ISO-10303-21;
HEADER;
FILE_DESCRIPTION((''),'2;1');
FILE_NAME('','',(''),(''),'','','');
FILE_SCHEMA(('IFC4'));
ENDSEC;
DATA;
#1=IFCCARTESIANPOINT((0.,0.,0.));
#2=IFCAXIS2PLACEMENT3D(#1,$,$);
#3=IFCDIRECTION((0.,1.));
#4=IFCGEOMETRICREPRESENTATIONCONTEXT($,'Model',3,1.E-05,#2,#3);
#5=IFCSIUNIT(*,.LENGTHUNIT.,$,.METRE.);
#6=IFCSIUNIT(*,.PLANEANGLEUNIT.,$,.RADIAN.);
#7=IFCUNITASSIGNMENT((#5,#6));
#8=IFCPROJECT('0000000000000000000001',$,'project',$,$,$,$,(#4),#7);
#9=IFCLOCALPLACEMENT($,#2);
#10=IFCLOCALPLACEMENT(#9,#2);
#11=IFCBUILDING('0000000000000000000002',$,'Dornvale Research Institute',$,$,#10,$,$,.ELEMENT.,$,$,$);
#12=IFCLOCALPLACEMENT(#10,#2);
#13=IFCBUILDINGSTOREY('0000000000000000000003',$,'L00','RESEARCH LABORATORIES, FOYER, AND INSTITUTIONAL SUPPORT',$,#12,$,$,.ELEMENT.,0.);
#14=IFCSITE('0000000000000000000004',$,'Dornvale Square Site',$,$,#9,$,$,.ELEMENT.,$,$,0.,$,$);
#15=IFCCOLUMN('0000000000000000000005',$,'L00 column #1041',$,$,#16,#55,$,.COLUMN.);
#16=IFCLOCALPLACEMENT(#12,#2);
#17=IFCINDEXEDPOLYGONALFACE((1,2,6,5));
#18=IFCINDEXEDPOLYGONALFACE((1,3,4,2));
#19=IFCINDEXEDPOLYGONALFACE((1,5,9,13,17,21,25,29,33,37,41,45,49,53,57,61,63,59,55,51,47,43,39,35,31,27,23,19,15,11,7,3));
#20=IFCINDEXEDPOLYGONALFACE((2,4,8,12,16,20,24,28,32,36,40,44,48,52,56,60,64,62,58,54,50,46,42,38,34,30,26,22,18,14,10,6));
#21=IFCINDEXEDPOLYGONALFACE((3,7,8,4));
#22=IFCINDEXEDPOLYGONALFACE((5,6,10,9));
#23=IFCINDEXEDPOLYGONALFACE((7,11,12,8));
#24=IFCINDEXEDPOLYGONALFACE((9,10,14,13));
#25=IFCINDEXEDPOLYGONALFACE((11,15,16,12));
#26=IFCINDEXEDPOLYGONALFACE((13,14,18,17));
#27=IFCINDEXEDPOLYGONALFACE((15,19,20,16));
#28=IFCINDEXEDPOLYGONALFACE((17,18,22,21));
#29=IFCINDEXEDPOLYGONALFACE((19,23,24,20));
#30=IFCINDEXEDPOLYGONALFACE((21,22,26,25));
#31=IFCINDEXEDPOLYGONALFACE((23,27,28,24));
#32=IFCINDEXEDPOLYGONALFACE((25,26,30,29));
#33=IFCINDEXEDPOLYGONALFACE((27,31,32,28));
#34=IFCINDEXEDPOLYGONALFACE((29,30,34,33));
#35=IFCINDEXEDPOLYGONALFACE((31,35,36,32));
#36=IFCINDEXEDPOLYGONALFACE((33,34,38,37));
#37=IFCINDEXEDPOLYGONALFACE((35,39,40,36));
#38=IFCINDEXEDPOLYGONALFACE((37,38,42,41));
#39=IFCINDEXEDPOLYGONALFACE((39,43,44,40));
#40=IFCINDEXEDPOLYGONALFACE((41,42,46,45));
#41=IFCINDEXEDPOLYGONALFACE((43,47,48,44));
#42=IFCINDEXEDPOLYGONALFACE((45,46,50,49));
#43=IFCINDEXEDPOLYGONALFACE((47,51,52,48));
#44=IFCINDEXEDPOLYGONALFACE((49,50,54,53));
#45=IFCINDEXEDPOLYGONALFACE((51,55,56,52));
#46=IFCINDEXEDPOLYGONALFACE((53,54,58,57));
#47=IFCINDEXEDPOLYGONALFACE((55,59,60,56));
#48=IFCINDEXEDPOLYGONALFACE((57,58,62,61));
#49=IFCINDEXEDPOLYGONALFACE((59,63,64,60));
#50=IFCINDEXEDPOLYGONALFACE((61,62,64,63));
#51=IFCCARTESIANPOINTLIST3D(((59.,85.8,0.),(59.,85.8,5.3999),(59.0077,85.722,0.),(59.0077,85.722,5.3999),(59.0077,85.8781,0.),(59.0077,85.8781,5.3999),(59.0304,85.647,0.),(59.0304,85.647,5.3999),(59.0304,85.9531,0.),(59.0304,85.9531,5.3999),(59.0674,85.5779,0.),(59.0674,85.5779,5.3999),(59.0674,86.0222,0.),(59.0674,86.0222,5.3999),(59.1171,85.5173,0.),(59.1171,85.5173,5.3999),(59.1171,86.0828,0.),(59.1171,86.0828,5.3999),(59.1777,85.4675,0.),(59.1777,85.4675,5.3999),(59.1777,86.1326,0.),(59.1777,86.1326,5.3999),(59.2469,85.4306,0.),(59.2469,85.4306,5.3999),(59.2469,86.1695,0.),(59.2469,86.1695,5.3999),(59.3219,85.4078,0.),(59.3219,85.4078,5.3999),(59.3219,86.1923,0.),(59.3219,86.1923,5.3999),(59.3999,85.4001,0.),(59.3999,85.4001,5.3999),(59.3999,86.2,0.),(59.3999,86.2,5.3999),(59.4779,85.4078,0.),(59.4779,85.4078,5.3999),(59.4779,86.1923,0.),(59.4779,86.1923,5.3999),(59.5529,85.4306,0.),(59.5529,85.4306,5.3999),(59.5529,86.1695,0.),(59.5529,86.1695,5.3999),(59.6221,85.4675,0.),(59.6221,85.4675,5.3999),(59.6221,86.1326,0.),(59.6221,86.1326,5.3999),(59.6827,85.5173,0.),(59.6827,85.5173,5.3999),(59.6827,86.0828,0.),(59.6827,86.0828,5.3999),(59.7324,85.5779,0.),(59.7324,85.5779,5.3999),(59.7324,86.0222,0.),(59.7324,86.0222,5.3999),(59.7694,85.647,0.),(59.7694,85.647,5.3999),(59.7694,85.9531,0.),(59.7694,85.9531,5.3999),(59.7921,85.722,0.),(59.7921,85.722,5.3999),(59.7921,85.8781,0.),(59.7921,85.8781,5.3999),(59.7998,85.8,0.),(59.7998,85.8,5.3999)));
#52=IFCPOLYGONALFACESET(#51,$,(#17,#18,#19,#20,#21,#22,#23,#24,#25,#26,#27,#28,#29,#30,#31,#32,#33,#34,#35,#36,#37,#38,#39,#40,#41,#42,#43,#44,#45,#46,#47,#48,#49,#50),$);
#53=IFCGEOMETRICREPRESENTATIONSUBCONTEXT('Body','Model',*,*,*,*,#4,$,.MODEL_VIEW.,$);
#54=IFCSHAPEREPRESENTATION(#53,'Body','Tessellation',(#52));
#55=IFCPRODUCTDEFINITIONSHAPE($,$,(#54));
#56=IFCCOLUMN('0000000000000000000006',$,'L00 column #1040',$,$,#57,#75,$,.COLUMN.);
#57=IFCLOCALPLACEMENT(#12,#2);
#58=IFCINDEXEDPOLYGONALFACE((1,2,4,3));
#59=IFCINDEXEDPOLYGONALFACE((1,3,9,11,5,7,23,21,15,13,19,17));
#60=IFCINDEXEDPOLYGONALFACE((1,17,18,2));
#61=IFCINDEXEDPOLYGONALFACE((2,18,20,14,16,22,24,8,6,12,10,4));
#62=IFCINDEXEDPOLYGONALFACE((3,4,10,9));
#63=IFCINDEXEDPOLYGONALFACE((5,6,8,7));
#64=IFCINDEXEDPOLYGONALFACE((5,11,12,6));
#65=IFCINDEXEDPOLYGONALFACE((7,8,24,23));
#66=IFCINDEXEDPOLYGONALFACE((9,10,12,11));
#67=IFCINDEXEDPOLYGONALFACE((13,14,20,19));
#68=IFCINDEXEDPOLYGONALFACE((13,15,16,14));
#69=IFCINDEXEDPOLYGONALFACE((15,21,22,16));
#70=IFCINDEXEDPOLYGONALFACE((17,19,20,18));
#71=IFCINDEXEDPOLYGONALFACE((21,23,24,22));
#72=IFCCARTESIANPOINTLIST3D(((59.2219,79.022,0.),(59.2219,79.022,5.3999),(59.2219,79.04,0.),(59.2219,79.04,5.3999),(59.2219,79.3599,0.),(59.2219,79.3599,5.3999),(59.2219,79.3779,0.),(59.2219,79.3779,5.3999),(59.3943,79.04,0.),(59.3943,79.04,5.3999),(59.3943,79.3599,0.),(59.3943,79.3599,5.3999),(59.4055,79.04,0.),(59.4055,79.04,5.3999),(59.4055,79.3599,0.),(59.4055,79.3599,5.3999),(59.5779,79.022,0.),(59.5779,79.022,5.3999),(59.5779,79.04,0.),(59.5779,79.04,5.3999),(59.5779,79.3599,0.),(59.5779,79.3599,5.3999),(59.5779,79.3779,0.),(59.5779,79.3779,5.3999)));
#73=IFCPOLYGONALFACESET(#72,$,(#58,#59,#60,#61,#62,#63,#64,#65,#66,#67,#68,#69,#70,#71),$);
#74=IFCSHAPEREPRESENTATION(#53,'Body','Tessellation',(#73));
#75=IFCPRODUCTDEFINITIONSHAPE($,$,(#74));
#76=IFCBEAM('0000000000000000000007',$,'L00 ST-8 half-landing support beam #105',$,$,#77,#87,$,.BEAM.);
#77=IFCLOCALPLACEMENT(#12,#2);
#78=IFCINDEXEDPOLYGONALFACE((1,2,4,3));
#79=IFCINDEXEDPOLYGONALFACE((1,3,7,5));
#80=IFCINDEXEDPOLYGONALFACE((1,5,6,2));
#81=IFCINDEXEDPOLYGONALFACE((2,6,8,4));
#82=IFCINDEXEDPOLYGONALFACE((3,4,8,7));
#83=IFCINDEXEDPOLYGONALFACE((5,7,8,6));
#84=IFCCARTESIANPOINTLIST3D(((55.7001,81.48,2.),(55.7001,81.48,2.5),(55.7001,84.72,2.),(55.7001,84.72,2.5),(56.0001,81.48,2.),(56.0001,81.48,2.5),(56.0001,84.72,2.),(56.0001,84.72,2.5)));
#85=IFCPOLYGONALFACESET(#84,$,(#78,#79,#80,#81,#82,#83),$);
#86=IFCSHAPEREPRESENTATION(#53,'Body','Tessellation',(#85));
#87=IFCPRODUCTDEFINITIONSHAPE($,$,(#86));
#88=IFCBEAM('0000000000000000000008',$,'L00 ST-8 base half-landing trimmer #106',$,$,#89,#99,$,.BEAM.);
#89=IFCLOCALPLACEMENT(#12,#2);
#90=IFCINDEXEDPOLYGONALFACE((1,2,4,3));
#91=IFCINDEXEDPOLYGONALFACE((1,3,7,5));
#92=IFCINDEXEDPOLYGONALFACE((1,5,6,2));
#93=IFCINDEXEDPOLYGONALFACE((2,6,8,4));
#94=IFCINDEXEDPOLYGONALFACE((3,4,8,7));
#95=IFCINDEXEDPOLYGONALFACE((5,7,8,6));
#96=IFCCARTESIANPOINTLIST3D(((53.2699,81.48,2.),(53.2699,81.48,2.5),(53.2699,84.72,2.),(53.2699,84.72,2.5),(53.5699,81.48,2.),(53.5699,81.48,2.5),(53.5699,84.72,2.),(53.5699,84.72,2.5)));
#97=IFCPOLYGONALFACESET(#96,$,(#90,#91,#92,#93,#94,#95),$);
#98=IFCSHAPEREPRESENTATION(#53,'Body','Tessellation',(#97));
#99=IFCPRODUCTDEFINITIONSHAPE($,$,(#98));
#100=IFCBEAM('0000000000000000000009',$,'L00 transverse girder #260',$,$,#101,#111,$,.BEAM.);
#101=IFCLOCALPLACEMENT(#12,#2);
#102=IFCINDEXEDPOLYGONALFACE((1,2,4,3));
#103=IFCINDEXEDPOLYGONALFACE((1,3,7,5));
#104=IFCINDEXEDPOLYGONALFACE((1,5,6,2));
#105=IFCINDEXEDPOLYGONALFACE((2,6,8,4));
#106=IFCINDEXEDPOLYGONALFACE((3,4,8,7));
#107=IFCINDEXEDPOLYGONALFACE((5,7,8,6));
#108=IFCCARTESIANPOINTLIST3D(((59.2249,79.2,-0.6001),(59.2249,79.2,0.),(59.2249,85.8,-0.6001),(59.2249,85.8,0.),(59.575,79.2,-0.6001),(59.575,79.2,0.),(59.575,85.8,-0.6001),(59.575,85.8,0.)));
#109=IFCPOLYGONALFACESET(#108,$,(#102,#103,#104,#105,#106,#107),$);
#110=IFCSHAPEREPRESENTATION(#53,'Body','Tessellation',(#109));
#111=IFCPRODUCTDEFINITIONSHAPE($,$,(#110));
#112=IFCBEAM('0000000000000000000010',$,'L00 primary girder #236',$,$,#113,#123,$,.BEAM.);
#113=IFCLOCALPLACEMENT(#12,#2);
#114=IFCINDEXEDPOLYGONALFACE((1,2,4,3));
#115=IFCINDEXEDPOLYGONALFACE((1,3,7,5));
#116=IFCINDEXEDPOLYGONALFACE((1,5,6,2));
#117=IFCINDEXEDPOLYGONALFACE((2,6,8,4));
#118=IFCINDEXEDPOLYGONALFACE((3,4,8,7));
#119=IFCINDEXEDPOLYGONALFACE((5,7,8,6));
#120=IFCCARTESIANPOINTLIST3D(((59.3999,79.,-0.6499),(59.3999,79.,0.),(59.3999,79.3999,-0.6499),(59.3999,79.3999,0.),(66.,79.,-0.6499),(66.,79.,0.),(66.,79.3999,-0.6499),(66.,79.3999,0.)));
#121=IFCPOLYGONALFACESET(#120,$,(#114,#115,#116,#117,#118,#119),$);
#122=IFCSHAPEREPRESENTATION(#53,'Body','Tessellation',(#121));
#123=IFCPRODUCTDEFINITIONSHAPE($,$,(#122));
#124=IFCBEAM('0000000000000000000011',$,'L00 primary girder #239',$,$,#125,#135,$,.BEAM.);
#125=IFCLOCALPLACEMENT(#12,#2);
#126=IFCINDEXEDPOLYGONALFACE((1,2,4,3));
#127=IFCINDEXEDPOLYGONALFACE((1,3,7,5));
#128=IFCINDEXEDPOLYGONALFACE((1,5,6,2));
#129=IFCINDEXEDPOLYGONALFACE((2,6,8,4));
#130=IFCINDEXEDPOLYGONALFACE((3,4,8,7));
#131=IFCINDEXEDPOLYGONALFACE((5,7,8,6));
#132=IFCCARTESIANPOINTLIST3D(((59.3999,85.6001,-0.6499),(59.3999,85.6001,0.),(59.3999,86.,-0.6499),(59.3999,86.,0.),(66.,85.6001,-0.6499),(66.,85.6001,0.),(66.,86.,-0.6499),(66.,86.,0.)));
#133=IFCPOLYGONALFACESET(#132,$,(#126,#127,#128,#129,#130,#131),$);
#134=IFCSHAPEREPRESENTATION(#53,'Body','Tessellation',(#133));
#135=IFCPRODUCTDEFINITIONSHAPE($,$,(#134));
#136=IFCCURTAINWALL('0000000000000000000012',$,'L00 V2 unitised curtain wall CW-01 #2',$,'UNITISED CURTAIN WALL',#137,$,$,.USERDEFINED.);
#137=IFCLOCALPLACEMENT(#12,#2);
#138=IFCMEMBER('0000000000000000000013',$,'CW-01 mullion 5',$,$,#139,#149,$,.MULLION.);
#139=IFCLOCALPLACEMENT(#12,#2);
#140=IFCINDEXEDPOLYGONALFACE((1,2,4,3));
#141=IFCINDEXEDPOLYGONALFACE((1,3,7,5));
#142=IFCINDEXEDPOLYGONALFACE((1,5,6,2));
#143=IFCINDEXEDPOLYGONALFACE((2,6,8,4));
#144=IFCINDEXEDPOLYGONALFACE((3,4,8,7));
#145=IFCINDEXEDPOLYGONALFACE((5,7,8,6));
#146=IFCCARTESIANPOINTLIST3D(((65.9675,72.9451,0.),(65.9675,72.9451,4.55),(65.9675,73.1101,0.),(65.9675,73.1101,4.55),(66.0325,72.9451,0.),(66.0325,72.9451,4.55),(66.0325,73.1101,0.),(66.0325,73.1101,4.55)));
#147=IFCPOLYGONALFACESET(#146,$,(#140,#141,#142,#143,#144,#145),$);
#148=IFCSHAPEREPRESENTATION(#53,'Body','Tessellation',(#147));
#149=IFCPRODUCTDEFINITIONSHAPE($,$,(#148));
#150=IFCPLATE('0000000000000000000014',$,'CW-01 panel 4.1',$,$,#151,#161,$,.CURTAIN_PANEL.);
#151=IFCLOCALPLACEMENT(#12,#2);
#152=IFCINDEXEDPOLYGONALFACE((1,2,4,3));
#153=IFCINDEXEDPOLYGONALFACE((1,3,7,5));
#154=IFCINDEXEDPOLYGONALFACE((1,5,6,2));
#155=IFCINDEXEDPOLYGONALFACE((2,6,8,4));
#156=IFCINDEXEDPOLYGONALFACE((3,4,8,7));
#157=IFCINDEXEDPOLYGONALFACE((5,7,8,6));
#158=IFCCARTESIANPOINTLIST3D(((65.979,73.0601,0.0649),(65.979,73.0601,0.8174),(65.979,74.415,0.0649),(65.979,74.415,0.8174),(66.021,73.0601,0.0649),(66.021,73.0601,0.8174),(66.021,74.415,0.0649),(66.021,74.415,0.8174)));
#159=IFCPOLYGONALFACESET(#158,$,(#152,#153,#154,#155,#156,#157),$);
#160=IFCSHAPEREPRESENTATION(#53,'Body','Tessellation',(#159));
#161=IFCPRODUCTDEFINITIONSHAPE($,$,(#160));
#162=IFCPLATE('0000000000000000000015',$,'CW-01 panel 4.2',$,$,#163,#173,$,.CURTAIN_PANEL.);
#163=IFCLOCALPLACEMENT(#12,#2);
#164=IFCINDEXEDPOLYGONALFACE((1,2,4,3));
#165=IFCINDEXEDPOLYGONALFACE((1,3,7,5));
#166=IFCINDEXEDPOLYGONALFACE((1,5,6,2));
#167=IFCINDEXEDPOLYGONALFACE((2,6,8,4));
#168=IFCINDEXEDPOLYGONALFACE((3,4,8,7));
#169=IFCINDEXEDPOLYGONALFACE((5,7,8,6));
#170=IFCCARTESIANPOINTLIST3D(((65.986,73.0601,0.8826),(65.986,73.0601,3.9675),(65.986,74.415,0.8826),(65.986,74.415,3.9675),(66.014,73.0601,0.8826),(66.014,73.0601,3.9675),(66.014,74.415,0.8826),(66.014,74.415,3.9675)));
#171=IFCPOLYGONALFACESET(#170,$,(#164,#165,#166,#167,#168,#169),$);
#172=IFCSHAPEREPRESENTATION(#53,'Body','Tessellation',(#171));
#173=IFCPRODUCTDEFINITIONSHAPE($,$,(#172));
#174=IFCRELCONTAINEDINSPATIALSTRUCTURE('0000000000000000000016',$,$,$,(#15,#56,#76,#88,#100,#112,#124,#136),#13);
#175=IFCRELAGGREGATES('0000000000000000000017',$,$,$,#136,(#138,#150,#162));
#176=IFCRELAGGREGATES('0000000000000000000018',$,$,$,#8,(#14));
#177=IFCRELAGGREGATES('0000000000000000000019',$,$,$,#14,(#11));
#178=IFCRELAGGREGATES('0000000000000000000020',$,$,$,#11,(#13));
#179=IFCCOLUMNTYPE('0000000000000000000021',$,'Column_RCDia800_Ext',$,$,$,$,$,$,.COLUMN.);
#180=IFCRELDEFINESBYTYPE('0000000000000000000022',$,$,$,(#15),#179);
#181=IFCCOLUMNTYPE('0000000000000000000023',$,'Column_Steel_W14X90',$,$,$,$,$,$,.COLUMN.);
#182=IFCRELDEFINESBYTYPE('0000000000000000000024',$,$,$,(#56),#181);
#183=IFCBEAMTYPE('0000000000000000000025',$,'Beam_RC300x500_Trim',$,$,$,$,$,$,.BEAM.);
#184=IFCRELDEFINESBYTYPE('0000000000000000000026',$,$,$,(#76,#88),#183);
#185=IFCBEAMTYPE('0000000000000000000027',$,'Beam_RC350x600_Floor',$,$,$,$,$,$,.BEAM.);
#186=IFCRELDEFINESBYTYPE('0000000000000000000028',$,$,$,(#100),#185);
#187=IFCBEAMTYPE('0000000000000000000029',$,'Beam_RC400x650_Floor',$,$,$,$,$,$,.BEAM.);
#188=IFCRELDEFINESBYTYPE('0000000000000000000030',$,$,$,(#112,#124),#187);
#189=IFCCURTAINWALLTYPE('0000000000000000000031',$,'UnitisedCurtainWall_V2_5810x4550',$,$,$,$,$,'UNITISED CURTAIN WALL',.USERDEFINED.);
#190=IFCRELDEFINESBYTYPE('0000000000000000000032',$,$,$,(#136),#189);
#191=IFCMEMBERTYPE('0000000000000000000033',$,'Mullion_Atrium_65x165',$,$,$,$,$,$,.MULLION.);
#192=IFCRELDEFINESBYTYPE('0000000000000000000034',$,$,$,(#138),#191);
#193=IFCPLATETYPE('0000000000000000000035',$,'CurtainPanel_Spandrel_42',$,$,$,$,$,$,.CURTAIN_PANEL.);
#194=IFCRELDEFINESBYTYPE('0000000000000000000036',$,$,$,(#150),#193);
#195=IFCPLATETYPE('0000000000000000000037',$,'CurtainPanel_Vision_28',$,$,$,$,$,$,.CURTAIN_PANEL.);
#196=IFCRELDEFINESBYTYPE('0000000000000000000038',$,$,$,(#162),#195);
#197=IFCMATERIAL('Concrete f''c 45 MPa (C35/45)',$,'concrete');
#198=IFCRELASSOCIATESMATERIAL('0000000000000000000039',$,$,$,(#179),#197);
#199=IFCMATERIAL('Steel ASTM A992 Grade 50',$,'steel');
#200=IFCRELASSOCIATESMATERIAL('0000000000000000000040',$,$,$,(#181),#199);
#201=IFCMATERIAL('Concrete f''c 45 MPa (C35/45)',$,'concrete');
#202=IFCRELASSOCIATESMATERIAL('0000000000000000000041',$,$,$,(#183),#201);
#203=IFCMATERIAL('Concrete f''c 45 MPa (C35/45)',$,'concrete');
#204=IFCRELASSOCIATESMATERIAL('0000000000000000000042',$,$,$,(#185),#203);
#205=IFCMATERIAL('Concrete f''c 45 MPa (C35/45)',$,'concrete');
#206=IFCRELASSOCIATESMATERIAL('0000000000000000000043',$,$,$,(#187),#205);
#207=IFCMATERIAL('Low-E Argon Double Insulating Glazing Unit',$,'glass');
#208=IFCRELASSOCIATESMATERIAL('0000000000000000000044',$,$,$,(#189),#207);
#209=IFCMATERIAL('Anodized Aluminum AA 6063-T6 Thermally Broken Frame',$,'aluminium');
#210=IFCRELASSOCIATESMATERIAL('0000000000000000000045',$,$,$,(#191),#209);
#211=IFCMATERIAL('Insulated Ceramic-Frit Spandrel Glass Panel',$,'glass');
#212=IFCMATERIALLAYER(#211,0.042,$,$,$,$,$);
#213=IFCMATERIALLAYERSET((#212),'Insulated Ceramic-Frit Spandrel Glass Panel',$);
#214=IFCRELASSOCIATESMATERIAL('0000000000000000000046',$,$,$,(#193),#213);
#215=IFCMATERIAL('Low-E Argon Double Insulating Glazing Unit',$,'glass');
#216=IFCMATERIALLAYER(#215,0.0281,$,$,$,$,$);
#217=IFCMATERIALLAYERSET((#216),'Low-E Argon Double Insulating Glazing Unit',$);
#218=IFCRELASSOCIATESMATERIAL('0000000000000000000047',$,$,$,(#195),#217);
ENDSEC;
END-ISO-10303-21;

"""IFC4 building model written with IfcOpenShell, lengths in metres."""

from ifc_helpers import new_model, si_unit, direction, frame, origin, origin_2d, place, context, subcontext, project, spatial, rectangle, circle, i_section, extrude, material, layer, layer_set, material_profile, profile_set, type_object, element, aggregate, save


model = new_model("IFC4")

# Units and contexts
model_context = context("Model", 3, precision=1e-05, world=origin(), true_north=direction((0.0, 1.0)))
body_context = subcontext(model_context, "Body", "Model", "MODEL_VIEW")
ifc_project = project(units=[si_unit("LENGTHUNIT", "METRE"), si_unit("PLANEANGLEUNIT", "RADIAN")], contexts=[model_context])

# Site, building, storey
site_placement = place(None, origin())
site = spatial("IfcSite", under=ifc_project, at=site_placement, Name="Dornvale Square Site", CompositionType="ELEMENT", RefElevation=0.0)
building_placement = place(site_placement, origin())
building = spatial("IfcBuilding", under=site, at=building_placement, Name="Dornvale Research Institute", CompositionType="ELEMENT")
storey_placement = place(building_placement, origin())
storey = spatial("IfcBuildingStorey", under=building, at=storey_placement, Name="L00", Description="RESEARCH LABORATORIES, FOYER, AND INSTITUTIONAL SUPPORT", CompositionType="ELEMENT", Elevation=0.0)

# Columns
ifc_material_1 = material(Name="Concrete f'c 45 MPa (C35/45)", Category="concrete")
ifc_material_profile_1 = material_profile(ifc_material_1, circle(Radius=0.3999, at=origin_2d()), Name="RC DIA 800")
ifc_profile_set_1 = profile_set([ifc_material_profile_1], Name="Concrete f'c 45 MPa (C35/45)")
column_type_1 = type_object("IfcColumnType", Name="Column_RCDia800_Ext", PredefinedType="COLUMN", material=ifc_profile_set_1)
column_1_placement = place(storey_placement, frame((59.3999, 85.8, 0.0), z_axis=(0.0, 0.0, 1.0), x_axis=(1.0, 0.0, 0.0)))
element("IfcColumn", 1, at=column_1_placement, inside=storey, type_object=column_type_1, Name="L00 column #1041", PredefinedType="COLUMN", context=body_context, shape_type="SweptSolid", body=[
    extrude(circle(Radius=0.3999, at=origin_2d()), origin(), (0.0, 0.0, 1.0), 5.3999),
])
ifc_material_2 = material(Name="Steel ASTM A992 Grade 50", Category="steel")
ifc_material_profile_2 = material_profile(ifc_material_2, i_section(OverallWidth=0.356, OverallDepth=0.356, WebThickness=0.0112, FlangeThickness=0.0181, at=origin_2d()), Name="W14X90")
ifc_profile_set_2 = profile_set([ifc_material_profile_2], Name="Steel ASTM A992 Grade 50")
column_type_2 = type_object("IfcColumnType", Name="Column_Steel_W14X90", PredefinedType="COLUMN", material=ifc_profile_set_2)
column_2_placement = place(storey_placement, frame((59.3999, 79.2, 0.0), z_axis=(0.0, 0.0, 1.0), x_axis=(1.0, 0.0, 0.0)))
element("IfcColumn", 2, at=column_2_placement, inside=storey, type_object=column_type_2, Name="L00 column #1040", PredefinedType="COLUMN", context=body_context, shape_type="SweptSolid", body=[
    extrude(i_section(OverallWidth=0.356, OverallDepth=0.356, WebThickness=0.0112, FlangeThickness=0.0181, at=origin_2d()), origin(), (0.0, 0.0, 1.0), 5.3999),
])

# Beams
ifc_material_3 = material(Name="Concrete f'c 45 MPa (C35/45)", Category="concrete")
ifc_material_profile_3 = material_profile(ifc_material_3, rectangle(XDim=0.3, YDim=0.5, at=origin_2d()), Name="RC 300x500")
ifc_profile_set_3 = profile_set([ifc_material_profile_3], Name="Concrete f'c 45 MPa (C35/45)")
beam_type_1 = type_object("IfcBeamType", Name="Beam_RC300x500_Trim", PredefinedType="BEAM", material=ifc_profile_set_3)
for number, where, z_axis, x_axis, name in (
    (3, (55.8501, 81.48, 2.25), (0.0, 1.0, 0.0), (-1.0, 0.0, 0.0), "L00 ST-8 half-landing support beam #105"),
    (4, (53.4199, 81.48, 2.25), (0.0, 1.0, 0.0), (-1.0, 0.0, 0.0), "L00 ST-8 base half-landing trimmer #106"),
):
    element("IfcBeam", number, at=place(storey_placement, frame(where, z_axis=z_axis, x_axis=x_axis)), inside=storey, type_object=beam_type_1, Name=name, PredefinedType="BEAM", context=body_context, shape_type="SweptSolid", body=[
        extrude(rectangle(XDim=0.3, YDim=0.5, at=origin_2d()), origin(), (0.0, 0.0, 1.0), 3.24),
    ])
ifc_material_4 = material(Name="Concrete f'c 45 MPa (C35/45)", Category="concrete")
ifc_material_profile_4 = material_profile(ifc_material_4, rectangle(XDim=0.3501, YDim=0.6001, at=origin_2d()), Name="RC 350x600")
ifc_profile_set_4 = profile_set([ifc_material_profile_4], Name="Concrete f'c 45 MPa (C35/45)")
beam_type_2 = type_object("IfcBeamType", Name="Beam_RC350x600_Floor", PredefinedType="BEAM", material=ifc_profile_set_4)
beam_placement = place(storey_placement, frame((59.3999, 79.2, -0.3), z_axis=(0.0, 1.0, 0.0), x_axis=(-1.0, 0.0, 0.0)))
element("IfcBeam", 5, at=beam_placement, inside=storey, type_object=beam_type_2, Name="L00 transverse girder #260", PredefinedType="BEAM", context=body_context, shape_type="SweptSolid", body=[
    extrude(rectangle(XDim=0.3501, YDim=0.6001, at=origin_2d()), origin(), (0.0, 0.0, 1.0), 6.6001),
])
ifc_material_5 = material(Name="Concrete f'c 45 MPa (C35/45)", Category="concrete")
ifc_material_profile_5 = material_profile(ifc_material_5, rectangle(XDim=0.3999, YDim=0.6499, at=origin_2d()), Name="RC 400x650")
ifc_profile_set_5 = profile_set([ifc_material_profile_5], Name="Concrete f'c 45 MPa (C35/45)")
beam_type_3 = type_object("IfcBeamType", Name="Beam_RC400x650_Floor", PredefinedType="BEAM", material=ifc_profile_set_5)
for number, where, z_axis, x_axis, name in (
    (6, (59.3999, 79.2, -0.325), (1.0, 0.0, 0.0), (0.0, 1.0, 0.0), "L00 primary girder #236"),
    (7, (59.3999, 85.8, -0.325), (1.0, 0.0, 0.0), (0.0, 1.0, 0.0), "L00 primary girder #239"),
):
    element("IfcBeam", number, at=place(storey_placement, frame(where, z_axis=z_axis, x_axis=x_axis)), inside=storey, type_object=beam_type_3, Name=name, PredefinedType="BEAM", context=body_context, shape_type="SweptSolid", body=[
        extrude(rectangle(XDim=0.3999, YDim=0.6499, at=origin_2d()), origin(), (0.0, 0.0, 1.0), 6.6001),
    ])

# Curtain wall, member, plates
ifc_material_6 = material(Name="Low-E Argon Double Insulating Glazing Unit", Category="glass")
curtain_wall_type = type_object("IfcCurtainWallType", Name="UnitisedCurtainWall_V2_5810x4550", ElementType="UNITISED CURTAIN WALL", PredefinedType="USERDEFINED", material=ifc_material_6)
curtain_wall_placement = place(storey_placement, origin())
curtain_wall = element("IfcCurtainWall", 8, at=curtain_wall_placement, inside=storey, type_object=curtain_wall_type, Name="L00 V2 unitised curtain wall CW-01 #2", ObjectType="UNITISED CURTAIN WALL", PredefinedType="USERDEFINED")
ifc_material_7 = material(Name="Anodized Aluminum AA 6063-T6 Thermally Broken Frame", Category="aluminium")
ifc_material_profile_6 = material_profile(ifc_material_7, rectangle(XDim=0.0649, YDim=0.165, at=origin_2d()), Name="ALU MULLION 65x165")
ifc_profile_set_6 = profile_set([ifc_material_profile_6], Name="Anodized Aluminum AA 6063-T6 Thermally Broken Frame")
member_type = type_object("IfcMemberType", Name="Mullion_Atrium_65x165", PredefinedType="MULLION", material=ifc_profile_set_6)
member_placement = place(storey_placement, frame((66.0, 73.0276, 0.0), z_axis=(0.0, 0.0, 1.0), x_axis=(1.0, 0.0, 0.0)))
member = element("IfcMember", 9, at=member_placement, type_object=member_type, Name="CW-01 mullion 5", PredefinedType="MULLION", context=body_context, shape_type="SweptSolid", body=[
    extrude(rectangle(XDim=0.0649, YDim=0.165, at=origin_2d()), origin(), (0.0, 0.0, 1.0), 4.55),
])
ifc_material_8 = material(Name="Insulated Ceramic-Frit Spandrel Glass Panel", Category="glass")
ifc_layer_1 = layer(ifc_material_8, 0.042)
ifc_layer_set_1 = layer_set([ifc_layer_1], Name="Insulated Ceramic-Frit Spandrel Glass Panel")
plate_type_1 = type_object("IfcPlateType", Name="CurtainPanel_Spandrel_42", PredefinedType="CURTAIN_PANEL", material=ifc_layer_set_1)
plate_1_placement = place(storey_placement, frame((66.0, 73.7375, 0.0649), z_axis=(0.0, 0.0, 1.0), x_axis=(0.0, -1.0, 0.0)))
plate_1 = element("IfcPlate", 10, at=plate_1_placement, type_object=plate_type_1, Name="CW-01 panel 4.1", PredefinedType="CURTAIN_PANEL", context=body_context, shape_type="SweptSolid", body=[
    extrude(rectangle(XDim=1.355, YDim=0.042, at=origin_2d()), origin(), (0.0, 0.0, 1.0), 0.7524),
])
ifc_material_9 = material(Name="Low-E Argon Double Insulating Glazing Unit", Category="glass")
ifc_layer_2 = layer(ifc_material_9, 0.0281)
ifc_layer_set_2 = layer_set([ifc_layer_2], Name="Low-E Argon Double Insulating Glazing Unit")
plate_type_2 = type_object("IfcPlateType", Name="CurtainPanel_Vision_28", PredefinedType="CURTAIN_PANEL", material=ifc_layer_set_2)
plate_2_placement = place(storey_placement, frame((66.0, 73.7375, 0.8826), z_axis=(0.0, 0.0, 1.0), x_axis=(0.0, -1.0, 0.0)))
plate_2 = element("IfcPlate", 11, at=plate_2_placement, type_object=plate_type_2, Name="CW-01 panel 4.2", PredefinedType="CURTAIN_PANEL", context=body_context, shape_type="SweptSolid", body=[
    extrude(rectangle(XDim=1.355, YDim=0.0281, at=origin_2d()), origin(), (0.0, 0.0, 1.0), 3.085),
])
aggregate(curtain_wall, [member, plate_1, plate_2])

save(model, "model.ifc")
